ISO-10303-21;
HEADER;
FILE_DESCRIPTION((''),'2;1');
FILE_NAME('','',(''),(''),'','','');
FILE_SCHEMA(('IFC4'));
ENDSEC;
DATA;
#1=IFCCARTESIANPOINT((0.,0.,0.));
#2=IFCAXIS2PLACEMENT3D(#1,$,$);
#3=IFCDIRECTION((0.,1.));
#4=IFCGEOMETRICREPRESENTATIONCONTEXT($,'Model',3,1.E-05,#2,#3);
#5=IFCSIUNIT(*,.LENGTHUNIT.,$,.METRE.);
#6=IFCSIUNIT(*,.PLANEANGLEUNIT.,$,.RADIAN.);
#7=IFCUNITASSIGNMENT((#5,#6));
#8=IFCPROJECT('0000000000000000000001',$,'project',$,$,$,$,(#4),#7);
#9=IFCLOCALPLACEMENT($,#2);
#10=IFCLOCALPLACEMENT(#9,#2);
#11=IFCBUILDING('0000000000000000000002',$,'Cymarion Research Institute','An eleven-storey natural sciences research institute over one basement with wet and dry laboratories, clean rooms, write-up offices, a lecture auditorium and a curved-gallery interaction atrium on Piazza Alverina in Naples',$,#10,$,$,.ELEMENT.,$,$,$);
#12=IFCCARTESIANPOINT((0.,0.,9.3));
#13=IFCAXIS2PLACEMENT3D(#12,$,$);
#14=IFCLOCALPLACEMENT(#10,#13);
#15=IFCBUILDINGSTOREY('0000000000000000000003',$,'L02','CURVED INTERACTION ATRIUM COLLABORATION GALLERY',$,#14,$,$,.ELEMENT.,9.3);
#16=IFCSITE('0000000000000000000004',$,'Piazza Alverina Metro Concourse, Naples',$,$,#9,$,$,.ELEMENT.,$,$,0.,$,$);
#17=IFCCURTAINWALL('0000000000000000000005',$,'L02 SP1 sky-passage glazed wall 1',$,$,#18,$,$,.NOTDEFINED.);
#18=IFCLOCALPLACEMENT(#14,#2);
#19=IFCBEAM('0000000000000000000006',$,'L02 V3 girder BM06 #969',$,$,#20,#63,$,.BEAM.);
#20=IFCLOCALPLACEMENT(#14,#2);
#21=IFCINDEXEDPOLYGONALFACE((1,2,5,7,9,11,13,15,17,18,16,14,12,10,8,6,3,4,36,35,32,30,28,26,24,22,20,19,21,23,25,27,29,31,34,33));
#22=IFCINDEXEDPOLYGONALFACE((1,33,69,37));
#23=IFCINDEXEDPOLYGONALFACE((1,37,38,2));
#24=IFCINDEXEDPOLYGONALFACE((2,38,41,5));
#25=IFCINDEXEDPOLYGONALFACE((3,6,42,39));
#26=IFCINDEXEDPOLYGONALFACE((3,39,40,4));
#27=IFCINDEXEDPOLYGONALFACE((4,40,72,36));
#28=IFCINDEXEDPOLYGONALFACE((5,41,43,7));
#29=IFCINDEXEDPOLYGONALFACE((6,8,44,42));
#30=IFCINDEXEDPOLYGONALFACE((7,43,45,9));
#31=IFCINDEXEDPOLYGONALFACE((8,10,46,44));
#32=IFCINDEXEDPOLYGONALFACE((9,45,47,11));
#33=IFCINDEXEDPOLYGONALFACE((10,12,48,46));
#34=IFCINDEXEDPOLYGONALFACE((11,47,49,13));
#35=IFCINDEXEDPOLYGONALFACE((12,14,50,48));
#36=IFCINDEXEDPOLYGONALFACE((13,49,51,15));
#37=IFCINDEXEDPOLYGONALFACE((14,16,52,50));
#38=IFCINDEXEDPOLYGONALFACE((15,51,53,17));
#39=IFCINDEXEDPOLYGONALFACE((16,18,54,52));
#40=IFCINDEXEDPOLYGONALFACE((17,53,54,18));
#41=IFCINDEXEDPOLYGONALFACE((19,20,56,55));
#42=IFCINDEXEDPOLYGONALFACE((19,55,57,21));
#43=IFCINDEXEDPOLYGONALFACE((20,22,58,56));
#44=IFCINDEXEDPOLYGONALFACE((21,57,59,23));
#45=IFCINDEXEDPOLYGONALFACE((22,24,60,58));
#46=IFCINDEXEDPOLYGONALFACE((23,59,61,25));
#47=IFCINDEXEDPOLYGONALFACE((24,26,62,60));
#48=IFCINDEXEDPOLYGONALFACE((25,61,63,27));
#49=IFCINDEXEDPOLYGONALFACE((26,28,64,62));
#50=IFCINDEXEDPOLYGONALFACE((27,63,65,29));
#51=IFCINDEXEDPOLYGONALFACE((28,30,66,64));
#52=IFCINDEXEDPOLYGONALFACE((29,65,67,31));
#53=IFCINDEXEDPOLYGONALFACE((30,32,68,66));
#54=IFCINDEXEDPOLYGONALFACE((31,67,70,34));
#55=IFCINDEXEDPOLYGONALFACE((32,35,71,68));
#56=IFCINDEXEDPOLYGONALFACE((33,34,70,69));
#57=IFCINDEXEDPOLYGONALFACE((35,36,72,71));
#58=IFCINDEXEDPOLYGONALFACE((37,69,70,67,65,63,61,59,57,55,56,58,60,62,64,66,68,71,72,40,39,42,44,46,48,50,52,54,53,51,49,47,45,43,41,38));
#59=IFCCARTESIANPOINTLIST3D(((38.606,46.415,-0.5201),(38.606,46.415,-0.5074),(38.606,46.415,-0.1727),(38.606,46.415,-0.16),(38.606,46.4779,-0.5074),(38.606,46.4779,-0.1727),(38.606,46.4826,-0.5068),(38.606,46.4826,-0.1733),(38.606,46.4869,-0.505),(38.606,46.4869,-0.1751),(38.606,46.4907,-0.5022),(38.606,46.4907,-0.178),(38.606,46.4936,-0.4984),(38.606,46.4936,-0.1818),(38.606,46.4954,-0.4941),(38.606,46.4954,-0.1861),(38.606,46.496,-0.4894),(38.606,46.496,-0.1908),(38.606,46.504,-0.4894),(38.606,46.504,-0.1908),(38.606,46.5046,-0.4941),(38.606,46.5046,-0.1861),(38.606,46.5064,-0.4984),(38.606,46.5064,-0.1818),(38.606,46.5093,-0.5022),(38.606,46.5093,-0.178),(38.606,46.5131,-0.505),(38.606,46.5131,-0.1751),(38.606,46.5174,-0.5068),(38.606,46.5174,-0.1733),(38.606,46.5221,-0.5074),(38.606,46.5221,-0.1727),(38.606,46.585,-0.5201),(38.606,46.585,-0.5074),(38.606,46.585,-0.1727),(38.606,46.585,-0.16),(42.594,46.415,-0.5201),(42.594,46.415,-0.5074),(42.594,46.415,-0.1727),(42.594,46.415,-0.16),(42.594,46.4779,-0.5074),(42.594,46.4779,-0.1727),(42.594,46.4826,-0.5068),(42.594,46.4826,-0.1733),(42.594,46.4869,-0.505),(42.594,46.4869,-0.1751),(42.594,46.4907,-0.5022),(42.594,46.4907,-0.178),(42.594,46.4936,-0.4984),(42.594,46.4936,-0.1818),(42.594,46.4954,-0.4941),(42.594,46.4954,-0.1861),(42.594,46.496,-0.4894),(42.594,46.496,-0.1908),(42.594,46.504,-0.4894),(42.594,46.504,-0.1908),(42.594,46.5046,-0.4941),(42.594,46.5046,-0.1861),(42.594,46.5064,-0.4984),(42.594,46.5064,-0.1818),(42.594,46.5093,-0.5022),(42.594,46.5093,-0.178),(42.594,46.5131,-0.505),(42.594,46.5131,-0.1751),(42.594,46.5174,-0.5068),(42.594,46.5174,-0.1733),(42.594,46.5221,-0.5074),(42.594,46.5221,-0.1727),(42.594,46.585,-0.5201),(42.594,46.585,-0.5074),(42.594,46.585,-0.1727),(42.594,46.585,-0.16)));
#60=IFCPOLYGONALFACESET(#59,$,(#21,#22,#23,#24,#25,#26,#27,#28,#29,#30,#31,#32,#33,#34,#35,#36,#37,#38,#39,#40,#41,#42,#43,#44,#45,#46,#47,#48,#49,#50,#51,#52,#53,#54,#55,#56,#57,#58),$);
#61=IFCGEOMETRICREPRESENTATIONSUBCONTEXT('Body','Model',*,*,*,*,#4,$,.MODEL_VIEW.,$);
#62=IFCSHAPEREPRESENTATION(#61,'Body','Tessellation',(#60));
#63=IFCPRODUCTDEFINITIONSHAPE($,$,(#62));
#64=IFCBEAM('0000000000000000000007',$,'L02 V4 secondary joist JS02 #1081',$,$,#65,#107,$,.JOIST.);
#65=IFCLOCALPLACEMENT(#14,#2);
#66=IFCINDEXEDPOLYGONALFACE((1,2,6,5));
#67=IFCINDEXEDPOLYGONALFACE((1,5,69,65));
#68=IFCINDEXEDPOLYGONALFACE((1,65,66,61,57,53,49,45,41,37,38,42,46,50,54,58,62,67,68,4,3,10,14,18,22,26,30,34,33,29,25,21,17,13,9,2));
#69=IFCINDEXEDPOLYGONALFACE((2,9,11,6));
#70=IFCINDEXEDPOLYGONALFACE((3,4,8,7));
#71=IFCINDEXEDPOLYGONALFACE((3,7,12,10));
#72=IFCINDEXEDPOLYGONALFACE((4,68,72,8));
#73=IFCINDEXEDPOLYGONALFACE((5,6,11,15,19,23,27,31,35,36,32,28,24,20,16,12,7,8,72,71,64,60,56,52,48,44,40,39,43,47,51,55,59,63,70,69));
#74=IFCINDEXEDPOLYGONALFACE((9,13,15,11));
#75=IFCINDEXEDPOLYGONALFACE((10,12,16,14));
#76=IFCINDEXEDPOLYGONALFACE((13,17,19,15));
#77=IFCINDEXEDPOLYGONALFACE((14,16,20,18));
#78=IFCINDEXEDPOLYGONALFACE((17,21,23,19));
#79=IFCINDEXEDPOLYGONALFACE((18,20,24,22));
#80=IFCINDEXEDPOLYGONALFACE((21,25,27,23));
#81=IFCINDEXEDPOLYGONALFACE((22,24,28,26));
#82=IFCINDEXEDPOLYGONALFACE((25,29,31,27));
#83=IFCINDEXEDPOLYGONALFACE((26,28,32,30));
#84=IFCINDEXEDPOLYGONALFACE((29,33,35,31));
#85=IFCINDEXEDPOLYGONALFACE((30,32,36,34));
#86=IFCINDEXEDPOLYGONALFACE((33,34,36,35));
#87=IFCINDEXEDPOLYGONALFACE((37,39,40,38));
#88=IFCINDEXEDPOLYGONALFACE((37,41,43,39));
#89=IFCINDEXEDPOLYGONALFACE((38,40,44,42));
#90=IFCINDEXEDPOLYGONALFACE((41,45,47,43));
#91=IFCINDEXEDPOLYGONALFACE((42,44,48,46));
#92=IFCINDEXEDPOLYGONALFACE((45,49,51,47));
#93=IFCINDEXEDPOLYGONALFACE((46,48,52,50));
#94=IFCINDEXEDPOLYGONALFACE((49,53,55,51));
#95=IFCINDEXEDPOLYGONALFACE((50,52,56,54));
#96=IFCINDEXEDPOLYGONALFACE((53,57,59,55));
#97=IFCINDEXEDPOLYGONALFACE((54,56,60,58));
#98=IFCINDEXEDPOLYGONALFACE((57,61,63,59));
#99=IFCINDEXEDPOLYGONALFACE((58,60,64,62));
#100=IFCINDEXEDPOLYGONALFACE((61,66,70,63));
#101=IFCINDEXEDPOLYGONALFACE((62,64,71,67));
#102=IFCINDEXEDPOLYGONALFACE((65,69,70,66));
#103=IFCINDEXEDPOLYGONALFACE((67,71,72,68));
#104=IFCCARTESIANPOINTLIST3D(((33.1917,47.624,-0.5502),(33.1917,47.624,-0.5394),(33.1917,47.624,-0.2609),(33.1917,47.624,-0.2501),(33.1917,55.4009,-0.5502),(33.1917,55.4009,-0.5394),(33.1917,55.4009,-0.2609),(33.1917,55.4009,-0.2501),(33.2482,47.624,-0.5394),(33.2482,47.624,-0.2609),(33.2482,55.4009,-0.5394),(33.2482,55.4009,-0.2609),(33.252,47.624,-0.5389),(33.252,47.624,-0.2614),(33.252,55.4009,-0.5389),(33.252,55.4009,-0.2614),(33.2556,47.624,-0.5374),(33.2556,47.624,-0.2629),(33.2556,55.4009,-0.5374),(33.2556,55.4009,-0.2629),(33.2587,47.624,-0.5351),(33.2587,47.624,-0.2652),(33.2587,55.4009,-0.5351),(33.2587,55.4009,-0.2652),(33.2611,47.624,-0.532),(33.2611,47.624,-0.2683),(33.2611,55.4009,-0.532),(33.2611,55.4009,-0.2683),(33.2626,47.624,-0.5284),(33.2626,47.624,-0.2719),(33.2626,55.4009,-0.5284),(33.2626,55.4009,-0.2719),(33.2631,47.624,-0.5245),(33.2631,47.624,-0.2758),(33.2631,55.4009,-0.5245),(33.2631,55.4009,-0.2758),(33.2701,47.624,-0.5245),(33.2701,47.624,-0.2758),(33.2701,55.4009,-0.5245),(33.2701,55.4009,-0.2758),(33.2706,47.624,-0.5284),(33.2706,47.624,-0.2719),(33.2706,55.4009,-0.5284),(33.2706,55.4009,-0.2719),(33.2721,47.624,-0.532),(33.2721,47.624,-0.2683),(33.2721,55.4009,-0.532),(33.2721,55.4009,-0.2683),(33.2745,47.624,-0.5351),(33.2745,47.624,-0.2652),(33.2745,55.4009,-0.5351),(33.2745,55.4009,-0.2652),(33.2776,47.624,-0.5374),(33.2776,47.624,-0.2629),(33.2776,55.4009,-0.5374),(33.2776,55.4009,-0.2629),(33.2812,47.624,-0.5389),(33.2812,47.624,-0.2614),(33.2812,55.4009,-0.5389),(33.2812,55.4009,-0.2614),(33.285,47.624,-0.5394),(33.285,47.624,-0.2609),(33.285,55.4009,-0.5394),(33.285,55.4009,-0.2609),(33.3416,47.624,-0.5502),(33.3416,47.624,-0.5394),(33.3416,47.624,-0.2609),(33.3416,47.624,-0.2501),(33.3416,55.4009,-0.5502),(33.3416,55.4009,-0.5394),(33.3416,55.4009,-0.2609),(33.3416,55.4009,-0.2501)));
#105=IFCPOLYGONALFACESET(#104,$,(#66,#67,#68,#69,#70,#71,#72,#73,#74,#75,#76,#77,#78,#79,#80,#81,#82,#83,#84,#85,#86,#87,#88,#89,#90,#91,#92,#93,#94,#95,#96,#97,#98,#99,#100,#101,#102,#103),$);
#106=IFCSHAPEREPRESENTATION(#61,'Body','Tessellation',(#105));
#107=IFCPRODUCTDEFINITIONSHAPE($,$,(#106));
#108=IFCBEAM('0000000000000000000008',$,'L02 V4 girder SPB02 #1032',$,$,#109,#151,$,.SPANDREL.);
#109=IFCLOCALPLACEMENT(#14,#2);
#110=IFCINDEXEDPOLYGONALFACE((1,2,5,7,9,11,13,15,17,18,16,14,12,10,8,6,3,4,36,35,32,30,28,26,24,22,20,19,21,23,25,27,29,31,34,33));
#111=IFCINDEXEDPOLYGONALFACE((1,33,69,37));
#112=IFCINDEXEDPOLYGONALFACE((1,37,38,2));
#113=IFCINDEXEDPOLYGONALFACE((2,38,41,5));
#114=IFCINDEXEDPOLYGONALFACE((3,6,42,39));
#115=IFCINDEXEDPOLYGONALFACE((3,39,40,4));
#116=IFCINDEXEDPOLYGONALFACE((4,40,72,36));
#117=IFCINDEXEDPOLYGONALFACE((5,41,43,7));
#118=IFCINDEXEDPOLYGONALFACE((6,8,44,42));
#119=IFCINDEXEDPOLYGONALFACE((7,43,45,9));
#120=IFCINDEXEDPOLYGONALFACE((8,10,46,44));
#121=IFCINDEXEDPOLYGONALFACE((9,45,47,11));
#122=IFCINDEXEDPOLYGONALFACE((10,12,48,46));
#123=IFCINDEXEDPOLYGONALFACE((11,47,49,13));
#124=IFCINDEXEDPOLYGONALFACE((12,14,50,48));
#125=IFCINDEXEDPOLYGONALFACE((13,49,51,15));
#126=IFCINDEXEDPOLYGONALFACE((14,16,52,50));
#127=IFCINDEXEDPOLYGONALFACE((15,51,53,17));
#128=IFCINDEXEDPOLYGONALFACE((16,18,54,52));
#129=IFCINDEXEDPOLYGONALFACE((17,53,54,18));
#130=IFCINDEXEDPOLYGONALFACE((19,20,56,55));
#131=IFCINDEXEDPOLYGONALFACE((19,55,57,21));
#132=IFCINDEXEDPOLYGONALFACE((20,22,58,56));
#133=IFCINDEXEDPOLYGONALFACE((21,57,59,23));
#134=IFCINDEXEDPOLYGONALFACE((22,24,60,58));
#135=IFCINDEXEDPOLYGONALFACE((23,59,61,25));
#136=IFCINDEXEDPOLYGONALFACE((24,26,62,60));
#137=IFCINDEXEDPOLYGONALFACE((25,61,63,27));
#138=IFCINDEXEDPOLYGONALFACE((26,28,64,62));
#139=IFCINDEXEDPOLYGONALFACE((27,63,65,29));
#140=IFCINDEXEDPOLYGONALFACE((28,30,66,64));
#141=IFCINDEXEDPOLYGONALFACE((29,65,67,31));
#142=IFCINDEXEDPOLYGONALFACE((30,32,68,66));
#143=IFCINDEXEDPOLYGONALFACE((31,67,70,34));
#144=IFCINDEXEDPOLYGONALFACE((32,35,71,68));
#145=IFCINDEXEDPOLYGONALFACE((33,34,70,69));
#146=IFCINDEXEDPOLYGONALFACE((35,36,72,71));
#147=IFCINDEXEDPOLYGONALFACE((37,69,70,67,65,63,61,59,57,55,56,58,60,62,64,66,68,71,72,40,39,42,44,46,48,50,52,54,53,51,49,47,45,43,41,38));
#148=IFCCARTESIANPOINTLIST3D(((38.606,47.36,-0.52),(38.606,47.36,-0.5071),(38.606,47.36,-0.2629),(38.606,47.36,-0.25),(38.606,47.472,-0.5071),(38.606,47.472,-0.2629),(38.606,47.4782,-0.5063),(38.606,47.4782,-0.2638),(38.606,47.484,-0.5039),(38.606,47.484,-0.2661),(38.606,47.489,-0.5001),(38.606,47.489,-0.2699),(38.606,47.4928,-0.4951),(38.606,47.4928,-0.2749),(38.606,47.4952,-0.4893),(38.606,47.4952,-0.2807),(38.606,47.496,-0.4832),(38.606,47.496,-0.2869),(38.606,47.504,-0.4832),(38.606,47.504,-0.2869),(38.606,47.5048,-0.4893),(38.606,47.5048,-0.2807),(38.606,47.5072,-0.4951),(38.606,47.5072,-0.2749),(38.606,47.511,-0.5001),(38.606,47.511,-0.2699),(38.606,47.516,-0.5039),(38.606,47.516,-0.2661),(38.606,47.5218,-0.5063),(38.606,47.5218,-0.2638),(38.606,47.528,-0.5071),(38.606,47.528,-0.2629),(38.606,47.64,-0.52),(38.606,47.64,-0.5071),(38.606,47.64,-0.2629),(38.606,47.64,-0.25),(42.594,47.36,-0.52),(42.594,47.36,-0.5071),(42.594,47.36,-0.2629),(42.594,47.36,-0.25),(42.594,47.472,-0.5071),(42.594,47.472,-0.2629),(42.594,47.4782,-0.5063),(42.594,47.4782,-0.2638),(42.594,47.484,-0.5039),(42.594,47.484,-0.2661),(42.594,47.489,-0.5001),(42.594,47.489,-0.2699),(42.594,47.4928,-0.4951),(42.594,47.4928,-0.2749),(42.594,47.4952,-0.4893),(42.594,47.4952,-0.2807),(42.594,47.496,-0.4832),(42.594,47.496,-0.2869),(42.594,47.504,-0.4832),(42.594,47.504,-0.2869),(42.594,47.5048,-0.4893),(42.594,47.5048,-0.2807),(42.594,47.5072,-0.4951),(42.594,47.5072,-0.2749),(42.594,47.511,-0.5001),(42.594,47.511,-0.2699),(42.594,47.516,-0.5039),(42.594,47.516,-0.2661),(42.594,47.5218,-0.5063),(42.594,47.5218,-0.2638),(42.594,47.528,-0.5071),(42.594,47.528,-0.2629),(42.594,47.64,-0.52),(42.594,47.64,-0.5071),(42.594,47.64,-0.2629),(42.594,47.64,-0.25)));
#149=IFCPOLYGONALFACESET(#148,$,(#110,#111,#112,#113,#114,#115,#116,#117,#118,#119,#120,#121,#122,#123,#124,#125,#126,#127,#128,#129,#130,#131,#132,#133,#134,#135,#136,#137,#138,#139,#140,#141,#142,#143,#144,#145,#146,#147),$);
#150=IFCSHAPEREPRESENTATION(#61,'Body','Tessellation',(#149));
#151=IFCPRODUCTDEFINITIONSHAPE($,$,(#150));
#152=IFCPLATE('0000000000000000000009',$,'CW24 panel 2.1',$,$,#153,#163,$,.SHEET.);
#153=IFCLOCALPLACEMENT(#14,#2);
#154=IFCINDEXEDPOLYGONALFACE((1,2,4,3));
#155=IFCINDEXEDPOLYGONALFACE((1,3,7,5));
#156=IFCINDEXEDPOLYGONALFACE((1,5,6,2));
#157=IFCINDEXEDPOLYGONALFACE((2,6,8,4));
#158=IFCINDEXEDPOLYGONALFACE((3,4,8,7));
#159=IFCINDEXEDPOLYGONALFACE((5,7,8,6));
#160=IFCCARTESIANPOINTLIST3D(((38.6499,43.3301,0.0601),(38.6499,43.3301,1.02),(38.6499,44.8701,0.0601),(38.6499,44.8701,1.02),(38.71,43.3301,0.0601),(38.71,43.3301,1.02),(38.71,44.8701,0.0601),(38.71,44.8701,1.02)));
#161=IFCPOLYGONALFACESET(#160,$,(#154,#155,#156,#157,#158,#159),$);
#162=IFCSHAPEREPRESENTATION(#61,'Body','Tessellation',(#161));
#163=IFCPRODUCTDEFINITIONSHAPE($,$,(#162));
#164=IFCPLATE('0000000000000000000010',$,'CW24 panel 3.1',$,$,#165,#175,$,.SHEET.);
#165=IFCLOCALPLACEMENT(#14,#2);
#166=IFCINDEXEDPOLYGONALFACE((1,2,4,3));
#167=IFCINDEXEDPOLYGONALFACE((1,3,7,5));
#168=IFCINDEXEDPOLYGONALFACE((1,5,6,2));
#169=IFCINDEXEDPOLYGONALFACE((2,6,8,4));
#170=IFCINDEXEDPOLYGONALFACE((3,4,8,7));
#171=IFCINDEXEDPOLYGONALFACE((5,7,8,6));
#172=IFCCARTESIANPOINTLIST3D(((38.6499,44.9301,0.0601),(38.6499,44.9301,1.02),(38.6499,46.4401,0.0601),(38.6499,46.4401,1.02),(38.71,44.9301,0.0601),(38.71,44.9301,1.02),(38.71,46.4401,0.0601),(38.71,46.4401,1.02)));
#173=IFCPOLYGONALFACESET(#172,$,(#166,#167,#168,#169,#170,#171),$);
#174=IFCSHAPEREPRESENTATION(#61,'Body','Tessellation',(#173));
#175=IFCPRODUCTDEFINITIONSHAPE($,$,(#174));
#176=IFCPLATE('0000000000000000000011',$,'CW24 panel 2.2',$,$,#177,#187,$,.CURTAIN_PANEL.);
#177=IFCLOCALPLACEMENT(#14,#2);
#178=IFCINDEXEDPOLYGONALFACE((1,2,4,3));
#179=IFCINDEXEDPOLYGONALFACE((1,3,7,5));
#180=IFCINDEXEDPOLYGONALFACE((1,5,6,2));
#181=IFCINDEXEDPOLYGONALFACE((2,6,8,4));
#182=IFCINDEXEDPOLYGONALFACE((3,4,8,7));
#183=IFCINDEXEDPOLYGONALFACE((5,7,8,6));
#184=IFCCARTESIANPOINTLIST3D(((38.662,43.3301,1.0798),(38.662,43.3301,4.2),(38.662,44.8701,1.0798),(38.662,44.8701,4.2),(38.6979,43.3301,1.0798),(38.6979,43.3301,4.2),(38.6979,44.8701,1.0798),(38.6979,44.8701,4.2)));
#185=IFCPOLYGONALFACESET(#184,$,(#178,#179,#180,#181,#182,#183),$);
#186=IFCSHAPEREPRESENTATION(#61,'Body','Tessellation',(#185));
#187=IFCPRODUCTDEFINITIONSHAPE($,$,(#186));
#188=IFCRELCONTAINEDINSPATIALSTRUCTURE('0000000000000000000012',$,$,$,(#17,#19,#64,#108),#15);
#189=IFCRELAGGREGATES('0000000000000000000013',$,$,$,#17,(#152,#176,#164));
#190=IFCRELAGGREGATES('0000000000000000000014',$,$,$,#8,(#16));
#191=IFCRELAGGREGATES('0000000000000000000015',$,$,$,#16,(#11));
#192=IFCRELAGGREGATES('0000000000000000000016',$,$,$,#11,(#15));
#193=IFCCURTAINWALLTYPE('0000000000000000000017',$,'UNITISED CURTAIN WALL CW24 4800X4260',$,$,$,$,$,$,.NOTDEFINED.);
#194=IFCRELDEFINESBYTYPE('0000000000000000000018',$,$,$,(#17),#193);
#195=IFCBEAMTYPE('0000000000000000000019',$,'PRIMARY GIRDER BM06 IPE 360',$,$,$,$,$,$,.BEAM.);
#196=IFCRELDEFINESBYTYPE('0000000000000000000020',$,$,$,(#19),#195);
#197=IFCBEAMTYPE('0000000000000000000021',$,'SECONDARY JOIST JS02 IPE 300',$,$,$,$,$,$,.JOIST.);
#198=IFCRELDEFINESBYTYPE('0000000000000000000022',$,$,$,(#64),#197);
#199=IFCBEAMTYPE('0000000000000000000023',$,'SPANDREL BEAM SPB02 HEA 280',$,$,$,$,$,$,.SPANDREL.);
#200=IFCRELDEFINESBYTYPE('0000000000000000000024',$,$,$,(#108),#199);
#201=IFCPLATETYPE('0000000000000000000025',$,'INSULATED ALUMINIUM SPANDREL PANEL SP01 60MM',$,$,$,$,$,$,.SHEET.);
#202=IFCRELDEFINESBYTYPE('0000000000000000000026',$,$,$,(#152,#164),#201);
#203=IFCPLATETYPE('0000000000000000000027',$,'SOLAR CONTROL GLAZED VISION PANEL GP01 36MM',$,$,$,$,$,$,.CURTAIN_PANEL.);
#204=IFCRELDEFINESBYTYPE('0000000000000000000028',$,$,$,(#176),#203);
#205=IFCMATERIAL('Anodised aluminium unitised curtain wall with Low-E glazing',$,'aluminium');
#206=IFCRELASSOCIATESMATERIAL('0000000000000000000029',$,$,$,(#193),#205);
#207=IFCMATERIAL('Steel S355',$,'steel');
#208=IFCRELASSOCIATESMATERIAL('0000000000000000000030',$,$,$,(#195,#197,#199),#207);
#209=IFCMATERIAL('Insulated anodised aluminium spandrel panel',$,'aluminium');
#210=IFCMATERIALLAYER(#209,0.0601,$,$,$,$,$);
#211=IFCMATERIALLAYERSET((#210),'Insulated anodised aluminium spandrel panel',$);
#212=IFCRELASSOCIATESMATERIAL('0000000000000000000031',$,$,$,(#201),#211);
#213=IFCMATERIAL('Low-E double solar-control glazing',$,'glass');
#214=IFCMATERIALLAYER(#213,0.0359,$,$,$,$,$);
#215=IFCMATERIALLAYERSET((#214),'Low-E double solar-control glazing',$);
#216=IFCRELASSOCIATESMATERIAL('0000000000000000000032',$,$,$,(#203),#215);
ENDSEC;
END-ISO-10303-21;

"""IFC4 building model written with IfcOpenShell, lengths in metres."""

from ifc_helpers import new_model, si_unit, direction, frame, origin, origin_2d, place, context, subcontext, project, spatial, rectangle, i_section, extrude, material, layer, layer_set, material_profile, profile_set, type_object, element, aggregate, save


model = new_model("IFC4")

# Units and contexts
model_context = context("Model", 3, precision=1e-05, world=origin(), true_north=direction((0.0, 1.0)))
body_context = subcontext(model_context, "Body", "Model", "MODEL_VIEW")
ifc_project = project(units=[si_unit("LENGTHUNIT", "METRE"), si_unit("PLANEANGLEUNIT", "RADIAN")], contexts=[model_context])

# Site, building, storey
site_placement = place(None, origin())
site = spatial("IfcSite", under=ifc_project, at=site_placement, Name="Piazza Alverina Metro Concourse, Naples", CompositionType="ELEMENT", RefElevation=0.0)
building_placement = place(site_placement, origin())
building = spatial("IfcBuilding", under=site, at=building_placement, Name="Cymarion Research Institute", Description="An eleven-storey natural sciences research institute over one basement with wet and dry laboratories, clean rooms, write-up offices, a lecture auditorium and a curved-gallery interaction atrium on Piazza Alverina in Naples", CompositionType="ELEMENT")
storey_placement = place(building_placement, frame((0.0, 0.0, 9.3)))
storey = spatial("IfcBuildingStorey", under=building, at=storey_placement, Name="L02", Description="CURVED INTERACTION ATRIUM COLLABORATION GALLERY", CompositionType="ELEMENT", Elevation=9.3)

# Shared definitions
ifc_material_1 = material(Name="Steel S355", Category="steel")

# Curtain wall
ifc_material_2 = material(Name="Anodised aluminium unitised curtain wall with Low-E glazing", Category="aluminium")
curtain_wall_type = type_object("IfcCurtainWallType", Name="UNITISED CURTAIN WALL CW24 4800X4260", PredefinedType="NOTDEFINED", material=ifc_material_2)
curtain_wall_placement = place(storey_placement, origin())
curtain_wall = element("IfcCurtainWall", 1, at=curtain_wall_placement, inside=storey, type_object=curtain_wall_type, Name="L02 SP1 sky-passage glazed wall 1", PredefinedType="NOTDEFINED")

# Beams
ifc_material_profile_1 = material_profile(ifc_material_1, i_section(OverallWidth=0.1699, OverallDepth=0.3601, WebThickness=0.0081, FlangeThickness=0.0127, FilletRadius=0.0181, at=origin_2d()), Name="IPE 360")
ifc_profile_set_1 = profile_set([ifc_material_profile_1], Name="Steel S355")
beam_type_1 = type_object("IfcBeamType", Name="PRIMARY GIRDER BM06 IPE 360", PredefinedType="BEAM", material=ifc_profile_set_1)
beam_1_placement = place(storey_placement, frame((38.606, 46.5, -0.3401), z_axis=(1.0, 0.0, 0.0), x_axis=(0.0, 1.0, 0.0)))
element("IfcBeam", 2, at=beam_1_placement, inside=storey, type_object=beam_type_1, Name="L02 V3 girder BM06 #969", PredefinedType="BEAM", context=body_context, shape_type="SweptSolid", body=[
    extrude(i_section(OverallWidth=0.1699, OverallDepth=0.3601, WebThickness=0.0081, FlangeThickness=0.0127, FilletRadius=0.0181, at=origin_2d()), origin(), (0.0, 0.0, 1.0), 3.988),
])
ifc_material_profile_2 = material_profile(ifc_material_1, i_section(OverallWidth=0.1499, OverallDepth=0.3, WebThickness=0.0071, FlangeThickness=0.0107, FilletRadius=0.0149, at=origin_2d()), Name="IPE 300")
ifc_profile_set_2 = profile_set([ifc_material_profile_2], Name="Steel S355")
beam_type_2 = type_object("IfcBeamType", Name="SECONDARY JOIST JS02 IPE 300", PredefinedType="JOIST", material=ifc_profile_set_2)
beam_2_placement = place(storey_placement, frame((33.2666, 47.624, -0.4001), z_axis=(0.0, 1.0, 0.0), x_axis=(-1.0, 0.0, 0.0)))
element("IfcBeam", 3, at=beam_2_placement, inside=storey, type_object=beam_type_2, Name="L02 V4 secondary joist JS02 #1081", PredefinedType="JOIST", context=body_context, shape_type="SweptSolid", body=[
    extrude(i_section(OverallWidth=0.1499, OverallDepth=0.3, WebThickness=0.0071, FlangeThickness=0.0107, FilletRadius=0.0149, at=origin_2d()), origin(), (0.0, 0.0, 1.0), 7.7769),
])
ifc_material_profile_3 = material_profile(ifc_material_1, i_section(OverallWidth=0.28, OverallDepth=0.27, WebThickness=0.0081, FlangeThickness=0.0129, FilletRadius=0.0239, at=origin_2d()), Name="HEA 280")
ifc_profile_set_3 = profile_set([ifc_material_profile_3], Name="Steel S355")
beam_type_3 = type_object("IfcBeamType", Name="SPANDREL BEAM SPB02 HEA 280", PredefinedType="SPANDREL", material=ifc_profile_set_3)
beam_3_placement = place(storey_placement, frame((38.606, 47.5, -0.385), z_axis=(1.0, 0.0, 0.0), x_axis=(0.0, 1.0, 0.0)))
element("IfcBeam", 4, at=beam_3_placement, inside=storey, type_object=beam_type_3, Name="L02 V4 girder SPB02 #1032", PredefinedType="SPANDREL", context=body_context, shape_type="SweptSolid", body=[
    extrude(i_section(OverallWidth=0.28, OverallDepth=0.27, WebThickness=0.0081, FlangeThickness=0.0129, FilletRadius=0.0239, at=origin_2d()), origin(), (0.0, 0.0, 1.0), 3.988),
])

# Plates
ifc_material_3 = material(Name="Insulated anodised aluminium spandrel panel", Category="aluminium")
ifc_layer_1 = layer(ifc_material_3, 0.0601)
ifc_layer_set_1 = layer_set([ifc_layer_1], Name="Insulated anodised aluminium spandrel panel")
plate_type_1 = type_object("IfcPlateType", Name="INSULATED ALUMINIUM SPANDREL PANEL SP01 60MM", PredefinedType="SHEET", material=ifc_layer_set_1)
plate_1_placement = place(storey_placement, frame((38.6799, 44.1001, 0.0601), z_axis=(0.0, 0.0, 1.0), x_axis=(0.0, 1.0, 0.0)))
plate_1 = element("IfcPlate", 5, at=plate_1_placement, type_object=plate_type_1, Name="CW24 panel 2.1", PredefinedType="SHEET", context=body_context, shape_type="SweptSolid", body=[
    extrude(rectangle(XDim=1.54, YDim=0.0601, at=origin_2d()), origin(), (0.0, 0.0, 1.0), 0.96),
])
plate_2_placement = place(storey_placement, frame((38.6799, 45.6851, 0.0601), z_axis=(0.0, 0.0, 1.0), x_axis=(0.0, 1.0, 0.0)))
plate_2 = element("IfcPlate", 6, at=plate_2_placement, type_object=plate_type_1, Name="CW24 panel 3.1", PredefinedType="SHEET", context=body_context, shape_type="SweptSolid", body=[
    extrude(rectangle(XDim=1.51, YDim=0.0601, at=origin_2d()), origin(), (0.0, 0.0, 1.0), 0.96),
])
ifc_material_4 = material(Name="Low-E double solar-control glazing", Category="glass")
ifc_layer_2 = layer(ifc_material_4, 0.0359)
ifc_layer_set_2 = layer_set([ifc_layer_2], Name="Low-E double solar-control glazing")
plate_type_2 = type_object("IfcPlateType", Name="SOLAR CONTROL GLAZED VISION PANEL GP01 36MM", PredefinedType="CURTAIN_PANEL", material=ifc_layer_set_2)
plate_3_placement = place(storey_placement, frame((38.6799, 44.1001, 1.0798), z_axis=(0.0, 0.0, 1.0), x_axis=(0.0, 1.0, 0.0)))
plate_3 = element("IfcPlate", 7, at=plate_3_placement, type_object=plate_type_2, Name="CW24 panel 2.2", PredefinedType="CURTAIN_PANEL", context=body_context, shape_type="SweptSolid", body=[
    extrude(rectangle(XDim=1.54, YDim=0.0359, at=origin_2d()), origin(), (0.0, 0.0, 1.0), 3.1201),
])
aggregate(curtain_wall, [plate_1, plate_3, plate_2])

save(model, "model.ifc")
